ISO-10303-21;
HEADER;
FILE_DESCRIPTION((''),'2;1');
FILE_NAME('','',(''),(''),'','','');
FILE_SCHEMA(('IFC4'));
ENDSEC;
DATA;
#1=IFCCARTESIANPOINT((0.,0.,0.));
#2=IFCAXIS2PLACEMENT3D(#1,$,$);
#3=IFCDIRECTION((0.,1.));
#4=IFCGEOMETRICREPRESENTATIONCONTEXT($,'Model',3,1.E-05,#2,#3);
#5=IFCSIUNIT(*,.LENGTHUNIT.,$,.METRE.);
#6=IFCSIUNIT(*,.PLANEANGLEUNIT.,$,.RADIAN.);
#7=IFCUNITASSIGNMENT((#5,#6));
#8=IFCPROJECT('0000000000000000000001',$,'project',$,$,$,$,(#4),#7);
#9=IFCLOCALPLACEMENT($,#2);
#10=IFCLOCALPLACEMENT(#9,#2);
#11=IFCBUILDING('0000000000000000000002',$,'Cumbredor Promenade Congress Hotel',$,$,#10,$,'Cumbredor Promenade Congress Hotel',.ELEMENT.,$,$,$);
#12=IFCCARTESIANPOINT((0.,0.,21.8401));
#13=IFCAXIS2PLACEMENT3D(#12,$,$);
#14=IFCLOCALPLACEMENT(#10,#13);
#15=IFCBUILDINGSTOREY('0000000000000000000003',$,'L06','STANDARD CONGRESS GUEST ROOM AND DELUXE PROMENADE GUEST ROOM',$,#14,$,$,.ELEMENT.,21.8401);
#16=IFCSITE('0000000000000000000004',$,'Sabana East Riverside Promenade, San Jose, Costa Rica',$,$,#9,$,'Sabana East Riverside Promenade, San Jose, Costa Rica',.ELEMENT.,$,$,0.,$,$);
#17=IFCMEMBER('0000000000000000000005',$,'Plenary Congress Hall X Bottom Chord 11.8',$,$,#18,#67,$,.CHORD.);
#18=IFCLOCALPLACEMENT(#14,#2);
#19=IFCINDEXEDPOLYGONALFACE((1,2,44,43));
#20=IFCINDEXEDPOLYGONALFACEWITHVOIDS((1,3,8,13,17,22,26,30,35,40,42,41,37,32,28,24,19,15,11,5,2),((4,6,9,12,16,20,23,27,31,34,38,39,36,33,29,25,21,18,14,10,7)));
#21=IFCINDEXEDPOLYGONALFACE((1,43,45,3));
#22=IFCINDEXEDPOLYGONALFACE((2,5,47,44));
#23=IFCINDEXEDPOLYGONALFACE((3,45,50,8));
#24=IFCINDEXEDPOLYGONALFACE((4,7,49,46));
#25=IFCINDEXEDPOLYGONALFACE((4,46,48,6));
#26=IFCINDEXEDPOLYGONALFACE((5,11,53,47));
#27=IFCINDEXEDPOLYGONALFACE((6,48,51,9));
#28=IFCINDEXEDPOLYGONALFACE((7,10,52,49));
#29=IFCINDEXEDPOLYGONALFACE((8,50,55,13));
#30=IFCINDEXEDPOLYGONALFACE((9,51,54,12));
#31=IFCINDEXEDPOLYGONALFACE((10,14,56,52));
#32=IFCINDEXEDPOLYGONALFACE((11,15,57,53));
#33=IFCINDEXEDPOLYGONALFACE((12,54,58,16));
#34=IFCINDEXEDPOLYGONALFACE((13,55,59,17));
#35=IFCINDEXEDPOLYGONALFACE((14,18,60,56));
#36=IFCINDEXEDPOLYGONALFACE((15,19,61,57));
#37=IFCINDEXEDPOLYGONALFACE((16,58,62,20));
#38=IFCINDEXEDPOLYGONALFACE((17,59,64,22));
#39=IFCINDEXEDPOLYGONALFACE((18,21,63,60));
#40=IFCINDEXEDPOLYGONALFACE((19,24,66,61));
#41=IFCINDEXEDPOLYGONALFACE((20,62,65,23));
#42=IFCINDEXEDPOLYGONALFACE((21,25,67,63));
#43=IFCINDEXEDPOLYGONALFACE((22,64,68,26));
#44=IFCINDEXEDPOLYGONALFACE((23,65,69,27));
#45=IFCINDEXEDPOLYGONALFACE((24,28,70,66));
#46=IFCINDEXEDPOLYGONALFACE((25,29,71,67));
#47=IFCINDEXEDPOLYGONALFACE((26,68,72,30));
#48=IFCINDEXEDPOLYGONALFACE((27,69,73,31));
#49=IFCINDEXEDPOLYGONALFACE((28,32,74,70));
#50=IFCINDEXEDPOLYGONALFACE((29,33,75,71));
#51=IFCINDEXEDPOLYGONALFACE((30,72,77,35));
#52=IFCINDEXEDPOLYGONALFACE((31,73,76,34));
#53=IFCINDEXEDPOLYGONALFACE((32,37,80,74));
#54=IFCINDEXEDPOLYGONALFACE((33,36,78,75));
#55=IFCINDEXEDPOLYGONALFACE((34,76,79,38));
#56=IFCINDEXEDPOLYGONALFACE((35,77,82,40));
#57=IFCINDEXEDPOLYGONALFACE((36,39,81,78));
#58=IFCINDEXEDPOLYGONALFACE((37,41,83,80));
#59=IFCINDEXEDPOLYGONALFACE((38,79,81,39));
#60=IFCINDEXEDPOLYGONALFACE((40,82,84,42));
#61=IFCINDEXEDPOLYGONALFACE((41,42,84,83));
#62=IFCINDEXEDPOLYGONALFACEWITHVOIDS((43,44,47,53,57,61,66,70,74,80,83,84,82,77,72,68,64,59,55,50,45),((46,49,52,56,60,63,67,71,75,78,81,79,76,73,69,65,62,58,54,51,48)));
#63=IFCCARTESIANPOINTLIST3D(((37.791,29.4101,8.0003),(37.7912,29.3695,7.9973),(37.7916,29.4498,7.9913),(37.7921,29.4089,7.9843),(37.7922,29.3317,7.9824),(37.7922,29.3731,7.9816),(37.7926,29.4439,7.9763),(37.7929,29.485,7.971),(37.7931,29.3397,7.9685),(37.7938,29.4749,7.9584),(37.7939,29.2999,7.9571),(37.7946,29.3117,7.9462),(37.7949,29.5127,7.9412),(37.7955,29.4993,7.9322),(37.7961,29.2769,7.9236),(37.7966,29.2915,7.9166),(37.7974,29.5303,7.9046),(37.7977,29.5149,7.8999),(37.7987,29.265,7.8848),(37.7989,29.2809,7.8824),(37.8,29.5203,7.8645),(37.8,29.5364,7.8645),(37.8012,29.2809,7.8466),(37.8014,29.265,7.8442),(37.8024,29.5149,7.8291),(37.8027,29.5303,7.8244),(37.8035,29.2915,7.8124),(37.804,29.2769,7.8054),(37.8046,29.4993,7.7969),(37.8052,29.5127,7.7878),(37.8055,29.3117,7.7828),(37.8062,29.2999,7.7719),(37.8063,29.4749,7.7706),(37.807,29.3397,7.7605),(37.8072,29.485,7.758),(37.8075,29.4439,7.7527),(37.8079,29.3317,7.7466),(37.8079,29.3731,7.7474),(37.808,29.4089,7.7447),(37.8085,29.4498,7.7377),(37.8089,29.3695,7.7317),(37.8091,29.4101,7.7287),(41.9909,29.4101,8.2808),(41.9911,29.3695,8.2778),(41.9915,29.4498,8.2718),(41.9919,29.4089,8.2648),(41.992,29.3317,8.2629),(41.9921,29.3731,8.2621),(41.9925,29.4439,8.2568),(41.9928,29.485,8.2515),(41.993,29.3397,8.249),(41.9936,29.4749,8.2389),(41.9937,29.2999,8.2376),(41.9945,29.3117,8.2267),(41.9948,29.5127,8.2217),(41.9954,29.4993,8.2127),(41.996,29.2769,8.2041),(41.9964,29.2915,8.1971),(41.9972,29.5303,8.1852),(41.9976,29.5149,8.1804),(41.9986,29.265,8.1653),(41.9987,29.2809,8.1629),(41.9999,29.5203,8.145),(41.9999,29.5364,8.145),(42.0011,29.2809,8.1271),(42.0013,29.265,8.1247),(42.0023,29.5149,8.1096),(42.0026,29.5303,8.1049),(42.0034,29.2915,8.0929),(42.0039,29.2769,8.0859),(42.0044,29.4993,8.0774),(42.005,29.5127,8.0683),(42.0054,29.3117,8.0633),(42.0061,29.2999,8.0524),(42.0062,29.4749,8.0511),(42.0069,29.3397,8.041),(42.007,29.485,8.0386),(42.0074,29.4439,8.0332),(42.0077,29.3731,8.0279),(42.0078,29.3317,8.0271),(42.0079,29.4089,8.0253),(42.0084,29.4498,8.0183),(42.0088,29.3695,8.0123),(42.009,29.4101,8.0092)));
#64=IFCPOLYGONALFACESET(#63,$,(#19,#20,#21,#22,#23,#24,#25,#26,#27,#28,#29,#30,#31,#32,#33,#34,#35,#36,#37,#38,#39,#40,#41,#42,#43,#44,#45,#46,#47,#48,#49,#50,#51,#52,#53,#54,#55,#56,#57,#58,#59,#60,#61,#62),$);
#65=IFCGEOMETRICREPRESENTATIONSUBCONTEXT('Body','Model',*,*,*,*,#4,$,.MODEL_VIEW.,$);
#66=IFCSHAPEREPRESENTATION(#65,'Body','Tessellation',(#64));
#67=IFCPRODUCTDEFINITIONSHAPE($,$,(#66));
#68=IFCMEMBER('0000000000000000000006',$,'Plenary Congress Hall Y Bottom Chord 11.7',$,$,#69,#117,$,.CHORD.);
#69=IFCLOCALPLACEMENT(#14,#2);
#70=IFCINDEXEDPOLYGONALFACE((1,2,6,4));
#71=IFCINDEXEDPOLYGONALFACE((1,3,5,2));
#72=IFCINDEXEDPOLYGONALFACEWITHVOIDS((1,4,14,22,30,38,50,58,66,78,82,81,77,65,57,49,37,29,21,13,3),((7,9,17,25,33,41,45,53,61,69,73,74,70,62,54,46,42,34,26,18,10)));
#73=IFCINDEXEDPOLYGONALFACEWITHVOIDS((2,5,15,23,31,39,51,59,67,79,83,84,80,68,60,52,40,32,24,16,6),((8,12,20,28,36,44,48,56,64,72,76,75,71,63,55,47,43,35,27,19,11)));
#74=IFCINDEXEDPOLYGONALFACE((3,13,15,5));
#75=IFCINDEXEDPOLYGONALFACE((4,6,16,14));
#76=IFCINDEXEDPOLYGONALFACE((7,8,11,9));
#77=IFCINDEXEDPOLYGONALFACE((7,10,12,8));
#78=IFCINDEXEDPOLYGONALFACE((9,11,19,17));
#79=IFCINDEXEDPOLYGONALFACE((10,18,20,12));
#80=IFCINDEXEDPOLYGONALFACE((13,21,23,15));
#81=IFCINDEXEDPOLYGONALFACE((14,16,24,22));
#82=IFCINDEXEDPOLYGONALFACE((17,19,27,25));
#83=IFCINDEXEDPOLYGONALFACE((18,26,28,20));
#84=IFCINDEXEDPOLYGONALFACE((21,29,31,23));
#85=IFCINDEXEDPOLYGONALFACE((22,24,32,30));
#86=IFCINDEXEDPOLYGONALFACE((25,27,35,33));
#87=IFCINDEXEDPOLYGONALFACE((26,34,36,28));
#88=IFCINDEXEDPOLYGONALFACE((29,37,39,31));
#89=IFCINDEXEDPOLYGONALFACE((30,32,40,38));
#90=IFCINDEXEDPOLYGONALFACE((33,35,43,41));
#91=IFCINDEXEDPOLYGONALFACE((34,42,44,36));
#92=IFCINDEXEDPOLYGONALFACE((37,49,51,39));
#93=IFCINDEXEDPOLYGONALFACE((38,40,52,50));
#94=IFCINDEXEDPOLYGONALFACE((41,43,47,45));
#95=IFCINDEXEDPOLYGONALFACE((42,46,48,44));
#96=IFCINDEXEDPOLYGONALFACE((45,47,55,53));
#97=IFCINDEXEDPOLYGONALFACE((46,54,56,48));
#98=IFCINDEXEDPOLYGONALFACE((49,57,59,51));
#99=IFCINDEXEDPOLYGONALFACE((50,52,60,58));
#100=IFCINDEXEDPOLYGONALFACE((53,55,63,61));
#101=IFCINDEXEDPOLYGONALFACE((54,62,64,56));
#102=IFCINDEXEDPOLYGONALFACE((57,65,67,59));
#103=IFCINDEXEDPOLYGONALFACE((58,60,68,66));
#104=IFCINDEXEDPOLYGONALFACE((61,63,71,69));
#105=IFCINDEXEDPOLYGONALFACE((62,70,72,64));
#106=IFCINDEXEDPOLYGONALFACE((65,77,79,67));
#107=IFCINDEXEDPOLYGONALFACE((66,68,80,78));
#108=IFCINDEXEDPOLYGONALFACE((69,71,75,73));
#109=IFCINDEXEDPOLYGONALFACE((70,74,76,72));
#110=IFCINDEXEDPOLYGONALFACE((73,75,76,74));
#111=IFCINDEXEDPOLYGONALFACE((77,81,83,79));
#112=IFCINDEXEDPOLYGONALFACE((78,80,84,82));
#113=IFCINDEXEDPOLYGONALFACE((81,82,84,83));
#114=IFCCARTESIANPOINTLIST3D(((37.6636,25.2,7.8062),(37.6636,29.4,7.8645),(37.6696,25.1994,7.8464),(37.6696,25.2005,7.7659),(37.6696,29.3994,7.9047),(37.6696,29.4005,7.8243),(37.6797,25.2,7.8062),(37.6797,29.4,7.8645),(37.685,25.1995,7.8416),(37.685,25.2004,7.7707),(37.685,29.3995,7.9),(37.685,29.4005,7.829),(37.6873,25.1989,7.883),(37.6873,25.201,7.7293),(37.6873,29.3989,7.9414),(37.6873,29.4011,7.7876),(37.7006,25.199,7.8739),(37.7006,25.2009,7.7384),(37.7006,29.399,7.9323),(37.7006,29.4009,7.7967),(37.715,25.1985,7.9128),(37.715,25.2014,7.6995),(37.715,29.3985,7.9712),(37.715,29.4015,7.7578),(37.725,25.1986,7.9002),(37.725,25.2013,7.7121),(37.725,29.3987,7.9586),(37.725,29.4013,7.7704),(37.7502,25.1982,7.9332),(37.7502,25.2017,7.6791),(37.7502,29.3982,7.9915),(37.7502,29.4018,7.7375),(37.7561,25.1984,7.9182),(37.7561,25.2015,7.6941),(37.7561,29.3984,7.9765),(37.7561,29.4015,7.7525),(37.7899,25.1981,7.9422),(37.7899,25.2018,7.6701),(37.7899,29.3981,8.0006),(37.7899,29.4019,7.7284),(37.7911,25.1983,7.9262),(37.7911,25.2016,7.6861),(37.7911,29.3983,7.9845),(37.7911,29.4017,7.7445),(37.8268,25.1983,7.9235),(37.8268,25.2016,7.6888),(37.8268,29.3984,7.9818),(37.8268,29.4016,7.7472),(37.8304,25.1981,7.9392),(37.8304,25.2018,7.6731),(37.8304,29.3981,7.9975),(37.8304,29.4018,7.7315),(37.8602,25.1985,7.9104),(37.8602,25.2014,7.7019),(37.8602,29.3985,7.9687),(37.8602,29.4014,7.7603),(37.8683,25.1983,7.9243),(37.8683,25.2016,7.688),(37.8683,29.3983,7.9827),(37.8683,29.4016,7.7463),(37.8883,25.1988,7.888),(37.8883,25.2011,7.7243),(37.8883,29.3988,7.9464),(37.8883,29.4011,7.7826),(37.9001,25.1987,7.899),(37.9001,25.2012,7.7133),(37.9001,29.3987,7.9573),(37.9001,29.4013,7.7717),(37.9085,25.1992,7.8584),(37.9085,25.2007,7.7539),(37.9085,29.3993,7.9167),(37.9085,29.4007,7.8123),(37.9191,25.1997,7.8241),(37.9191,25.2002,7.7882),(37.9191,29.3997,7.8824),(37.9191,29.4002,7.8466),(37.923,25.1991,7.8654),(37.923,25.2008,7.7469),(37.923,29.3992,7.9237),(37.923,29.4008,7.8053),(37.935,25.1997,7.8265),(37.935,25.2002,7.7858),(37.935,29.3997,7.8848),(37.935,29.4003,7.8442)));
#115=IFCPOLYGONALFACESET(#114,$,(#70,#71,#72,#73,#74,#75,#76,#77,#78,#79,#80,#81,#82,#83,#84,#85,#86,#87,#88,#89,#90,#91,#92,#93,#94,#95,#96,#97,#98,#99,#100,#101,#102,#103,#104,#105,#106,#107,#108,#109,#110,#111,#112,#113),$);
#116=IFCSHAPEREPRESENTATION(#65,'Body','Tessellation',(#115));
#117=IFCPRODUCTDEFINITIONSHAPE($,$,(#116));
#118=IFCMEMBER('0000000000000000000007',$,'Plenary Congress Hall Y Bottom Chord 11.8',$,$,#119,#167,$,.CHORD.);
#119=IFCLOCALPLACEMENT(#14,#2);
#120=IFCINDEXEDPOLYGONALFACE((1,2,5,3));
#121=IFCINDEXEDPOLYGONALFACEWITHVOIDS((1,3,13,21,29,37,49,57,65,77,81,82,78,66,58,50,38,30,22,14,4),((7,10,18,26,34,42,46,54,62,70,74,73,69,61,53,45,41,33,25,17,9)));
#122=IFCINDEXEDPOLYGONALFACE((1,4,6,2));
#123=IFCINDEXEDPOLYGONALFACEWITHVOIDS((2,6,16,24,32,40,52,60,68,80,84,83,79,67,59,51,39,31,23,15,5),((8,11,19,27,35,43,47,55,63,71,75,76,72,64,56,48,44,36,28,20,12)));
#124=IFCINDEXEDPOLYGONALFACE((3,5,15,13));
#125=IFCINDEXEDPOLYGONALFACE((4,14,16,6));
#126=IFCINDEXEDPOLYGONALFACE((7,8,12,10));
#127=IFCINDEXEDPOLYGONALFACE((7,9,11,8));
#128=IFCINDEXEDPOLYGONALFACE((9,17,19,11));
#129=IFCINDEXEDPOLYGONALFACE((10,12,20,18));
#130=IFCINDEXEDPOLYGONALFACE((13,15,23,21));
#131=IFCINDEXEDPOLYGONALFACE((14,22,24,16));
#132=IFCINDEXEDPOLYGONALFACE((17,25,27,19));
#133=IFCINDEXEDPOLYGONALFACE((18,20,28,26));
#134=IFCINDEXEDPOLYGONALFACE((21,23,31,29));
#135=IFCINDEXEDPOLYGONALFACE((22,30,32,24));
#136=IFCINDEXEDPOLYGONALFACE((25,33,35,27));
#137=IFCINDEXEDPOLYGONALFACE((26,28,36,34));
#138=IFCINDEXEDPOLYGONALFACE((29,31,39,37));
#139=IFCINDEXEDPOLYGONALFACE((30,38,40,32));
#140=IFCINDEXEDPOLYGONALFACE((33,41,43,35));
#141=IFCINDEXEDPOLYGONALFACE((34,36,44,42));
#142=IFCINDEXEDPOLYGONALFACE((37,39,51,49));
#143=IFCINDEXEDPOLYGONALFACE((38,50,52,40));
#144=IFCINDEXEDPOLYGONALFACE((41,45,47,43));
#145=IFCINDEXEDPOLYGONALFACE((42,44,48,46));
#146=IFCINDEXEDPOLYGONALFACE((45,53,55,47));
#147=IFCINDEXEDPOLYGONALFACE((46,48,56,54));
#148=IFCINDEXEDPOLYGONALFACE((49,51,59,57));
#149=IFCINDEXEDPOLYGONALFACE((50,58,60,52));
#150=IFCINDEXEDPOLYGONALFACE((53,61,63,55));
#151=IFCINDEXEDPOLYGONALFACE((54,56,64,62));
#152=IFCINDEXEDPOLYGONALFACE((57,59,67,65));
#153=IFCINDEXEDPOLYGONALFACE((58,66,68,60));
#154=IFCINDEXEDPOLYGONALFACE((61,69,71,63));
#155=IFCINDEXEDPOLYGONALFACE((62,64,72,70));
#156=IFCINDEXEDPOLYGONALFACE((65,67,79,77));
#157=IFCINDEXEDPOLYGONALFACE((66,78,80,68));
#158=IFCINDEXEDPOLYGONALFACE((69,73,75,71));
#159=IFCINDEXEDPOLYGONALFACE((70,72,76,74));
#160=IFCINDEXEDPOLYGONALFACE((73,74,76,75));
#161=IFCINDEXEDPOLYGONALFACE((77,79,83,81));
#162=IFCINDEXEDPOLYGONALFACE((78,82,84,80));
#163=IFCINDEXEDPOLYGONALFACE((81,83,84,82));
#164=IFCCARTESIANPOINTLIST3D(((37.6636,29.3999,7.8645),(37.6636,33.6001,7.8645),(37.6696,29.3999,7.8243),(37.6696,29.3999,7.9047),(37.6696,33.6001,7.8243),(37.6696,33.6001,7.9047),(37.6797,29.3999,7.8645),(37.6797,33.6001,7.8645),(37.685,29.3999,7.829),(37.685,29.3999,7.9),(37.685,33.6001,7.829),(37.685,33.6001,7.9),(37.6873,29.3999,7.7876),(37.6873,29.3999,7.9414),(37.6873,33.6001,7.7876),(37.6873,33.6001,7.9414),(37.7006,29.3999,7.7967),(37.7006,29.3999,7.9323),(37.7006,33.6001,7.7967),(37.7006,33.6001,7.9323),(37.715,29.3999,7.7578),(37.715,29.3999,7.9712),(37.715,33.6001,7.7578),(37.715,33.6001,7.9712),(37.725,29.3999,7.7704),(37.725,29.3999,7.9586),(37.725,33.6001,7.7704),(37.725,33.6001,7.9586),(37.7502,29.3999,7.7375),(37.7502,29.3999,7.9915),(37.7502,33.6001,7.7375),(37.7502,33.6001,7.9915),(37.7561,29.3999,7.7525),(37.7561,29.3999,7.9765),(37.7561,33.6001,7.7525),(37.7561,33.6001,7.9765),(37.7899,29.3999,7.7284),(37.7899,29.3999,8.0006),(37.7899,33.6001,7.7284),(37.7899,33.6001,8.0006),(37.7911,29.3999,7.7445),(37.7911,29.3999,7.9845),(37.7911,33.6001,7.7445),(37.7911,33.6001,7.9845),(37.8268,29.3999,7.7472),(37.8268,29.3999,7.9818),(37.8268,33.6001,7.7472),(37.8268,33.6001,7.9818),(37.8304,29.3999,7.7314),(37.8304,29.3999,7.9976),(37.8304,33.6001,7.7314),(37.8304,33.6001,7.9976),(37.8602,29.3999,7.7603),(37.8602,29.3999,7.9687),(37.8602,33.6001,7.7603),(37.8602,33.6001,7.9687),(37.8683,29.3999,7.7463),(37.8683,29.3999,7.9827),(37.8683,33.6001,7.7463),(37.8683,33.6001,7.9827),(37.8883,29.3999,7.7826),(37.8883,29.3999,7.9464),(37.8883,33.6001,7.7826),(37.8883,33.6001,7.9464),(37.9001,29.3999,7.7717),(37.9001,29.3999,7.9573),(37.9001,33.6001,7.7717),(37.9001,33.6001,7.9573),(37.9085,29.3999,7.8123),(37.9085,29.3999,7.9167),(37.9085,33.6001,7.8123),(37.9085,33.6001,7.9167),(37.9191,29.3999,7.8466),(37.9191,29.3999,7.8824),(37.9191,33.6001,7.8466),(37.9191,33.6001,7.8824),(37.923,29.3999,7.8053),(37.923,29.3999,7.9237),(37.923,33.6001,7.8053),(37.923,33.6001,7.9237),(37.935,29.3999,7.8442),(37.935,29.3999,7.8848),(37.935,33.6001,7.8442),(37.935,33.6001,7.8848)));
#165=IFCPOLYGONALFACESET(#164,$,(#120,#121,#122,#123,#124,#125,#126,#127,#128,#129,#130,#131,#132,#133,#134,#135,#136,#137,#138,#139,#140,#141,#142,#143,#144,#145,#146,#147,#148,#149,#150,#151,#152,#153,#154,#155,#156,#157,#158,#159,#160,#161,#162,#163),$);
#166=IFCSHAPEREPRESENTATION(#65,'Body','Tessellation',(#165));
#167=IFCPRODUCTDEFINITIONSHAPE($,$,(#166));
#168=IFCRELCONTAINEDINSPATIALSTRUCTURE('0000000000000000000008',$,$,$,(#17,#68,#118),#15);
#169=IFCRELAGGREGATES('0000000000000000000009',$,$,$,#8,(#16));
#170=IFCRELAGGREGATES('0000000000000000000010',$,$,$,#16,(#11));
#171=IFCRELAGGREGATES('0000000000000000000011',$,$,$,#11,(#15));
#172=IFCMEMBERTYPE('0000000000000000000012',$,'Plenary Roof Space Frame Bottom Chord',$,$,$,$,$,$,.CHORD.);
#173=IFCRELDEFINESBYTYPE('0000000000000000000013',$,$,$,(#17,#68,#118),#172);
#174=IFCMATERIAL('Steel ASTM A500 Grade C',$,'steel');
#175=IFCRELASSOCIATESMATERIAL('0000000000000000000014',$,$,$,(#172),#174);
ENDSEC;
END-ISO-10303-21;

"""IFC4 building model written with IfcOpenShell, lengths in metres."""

from ifc_helpers import new_model, si_unit, direction, frame, origin, origin_2d, place, context, subcontext, project, spatial, hollow_circle, extrude, material, material_profile, profile_set, type_object, element, save


model = new_model("IFC4")

# Units and contexts
model_context = context("Model", 3, precision=1e-05, world=origin(), true_north=direction((0.0, 1.0)))
body_context = subcontext(model_context, "Body", "Model", "MODEL_VIEW")
ifc_project = project(units=[si_unit("LENGTHUNIT", "METRE"), si_unit("PLANEANGLEUNIT", "RADIAN")], contexts=[model_context])

# Site, building, storey
site_placement = place(None, origin())
site = spatial("IfcSite", under=ifc_project, at=site_placement, Name="Sabana East Riverside Promenade, San Jose, Costa Rica", LongName="Sabana East Riverside Promenade, San Jose, Costa Rica", CompositionType="ELEMENT", RefElevation=0.0)
building_placement = place(site_placement, origin())
building = spatial("IfcBuilding", under=site, at=building_placement, Name="Cumbredor Promenade Congress Hotel", LongName="Cumbredor Promenade Congress Hotel", CompositionType="ELEMENT")
storey_placement = place(building_placement, frame((0.0, 0.0, 21.8401)))
storey = spatial("IfcBuildingStorey", under=building, at=storey_placement, Name="L06", Description="STANDARD CONGRESS GUEST ROOM AND DELUXE PROMENADE GUEST ROOM", CompositionType="ELEMENT", Elevation=21.8401)

# Members
ifc_material_1 = material(Name="Steel ASTM A500 Grade C", Category="steel")
ifc_material_profile_1 = material_profile(ifc_material_1, hollow_circle(Radius=0.1365, WallThickness=0.0161, at=origin_2d()), Name="CHS 273.0x16")
ifc_profile_set_1 = profile_set([ifc_material_profile_1], Name="Steel ASTM A500 Grade C")
member_type_1 = type_object("IfcMemberType", Name="Plenary Roof Space Frame Bottom Chord", PredefinedType="CHORD", material=ifc_profile_set_1)
member_1_placement = place(storey_placement, frame((37.8, 29.3999, 7.8645), z_axis=(0.997777, 0.0, 0.066642), x_axis=(0.0, 1.0, 0.0)))
element("IfcMember", 1, at=member_1_placement, inside=storey, type_object=member_type_1, Name="Plenary Congress Hall X Bottom Chord 11.8", PredefinedType="CHORD", context=body_context, shape_type="SweptSolid", body=[
    extrude(hollow_circle(Radius=0.1365, WallThickness=0.0161, at=origin_2d()), origin(), (0.0, 0.0, 1.0), 4.2092),
])
member_2_placement = place(storey_placement, frame((37.8, 25.2, 7.8062), z_axis=(0.0, 0.999904, 0.013892), x_axis=(-1.0, 0.0, 0.0)))
element("IfcMember", 2, at=member_2_placement, inside=storey, type_object=member_type_1, Name="Plenary Congress Hall Y Bottom Chord 11.7", PredefinedType="CHORD", context=body_context, shape_type="SweptSolid", body=[
    extrude(hollow_circle(Radius=0.1365, WallThickness=0.0161, at=origin_2d()), origin(), (0.0, 0.0, 1.0), 4.2004),
])
member_3_placement = place(storey_placement, frame((37.8, 29.3999, 7.8645), z_axis=(0.0, 1.0, 0.0), x_axis=(-1.0, 0.0, 0.0)))
element("IfcMember", 3, at=member_3_placement, inside=storey, type_object=member_type_1, Name="Plenary Congress Hall Y Bottom Chord 11.8", PredefinedType="CHORD", context=body_context, shape_type="SweptSolid", body=[
    extrude(hollow_circle(Radius=0.1365, WallThickness=0.0161, at=origin_2d()), origin(), (0.0, 0.0, 1.0), 4.2002),
])

save(model, "model.ifc")
